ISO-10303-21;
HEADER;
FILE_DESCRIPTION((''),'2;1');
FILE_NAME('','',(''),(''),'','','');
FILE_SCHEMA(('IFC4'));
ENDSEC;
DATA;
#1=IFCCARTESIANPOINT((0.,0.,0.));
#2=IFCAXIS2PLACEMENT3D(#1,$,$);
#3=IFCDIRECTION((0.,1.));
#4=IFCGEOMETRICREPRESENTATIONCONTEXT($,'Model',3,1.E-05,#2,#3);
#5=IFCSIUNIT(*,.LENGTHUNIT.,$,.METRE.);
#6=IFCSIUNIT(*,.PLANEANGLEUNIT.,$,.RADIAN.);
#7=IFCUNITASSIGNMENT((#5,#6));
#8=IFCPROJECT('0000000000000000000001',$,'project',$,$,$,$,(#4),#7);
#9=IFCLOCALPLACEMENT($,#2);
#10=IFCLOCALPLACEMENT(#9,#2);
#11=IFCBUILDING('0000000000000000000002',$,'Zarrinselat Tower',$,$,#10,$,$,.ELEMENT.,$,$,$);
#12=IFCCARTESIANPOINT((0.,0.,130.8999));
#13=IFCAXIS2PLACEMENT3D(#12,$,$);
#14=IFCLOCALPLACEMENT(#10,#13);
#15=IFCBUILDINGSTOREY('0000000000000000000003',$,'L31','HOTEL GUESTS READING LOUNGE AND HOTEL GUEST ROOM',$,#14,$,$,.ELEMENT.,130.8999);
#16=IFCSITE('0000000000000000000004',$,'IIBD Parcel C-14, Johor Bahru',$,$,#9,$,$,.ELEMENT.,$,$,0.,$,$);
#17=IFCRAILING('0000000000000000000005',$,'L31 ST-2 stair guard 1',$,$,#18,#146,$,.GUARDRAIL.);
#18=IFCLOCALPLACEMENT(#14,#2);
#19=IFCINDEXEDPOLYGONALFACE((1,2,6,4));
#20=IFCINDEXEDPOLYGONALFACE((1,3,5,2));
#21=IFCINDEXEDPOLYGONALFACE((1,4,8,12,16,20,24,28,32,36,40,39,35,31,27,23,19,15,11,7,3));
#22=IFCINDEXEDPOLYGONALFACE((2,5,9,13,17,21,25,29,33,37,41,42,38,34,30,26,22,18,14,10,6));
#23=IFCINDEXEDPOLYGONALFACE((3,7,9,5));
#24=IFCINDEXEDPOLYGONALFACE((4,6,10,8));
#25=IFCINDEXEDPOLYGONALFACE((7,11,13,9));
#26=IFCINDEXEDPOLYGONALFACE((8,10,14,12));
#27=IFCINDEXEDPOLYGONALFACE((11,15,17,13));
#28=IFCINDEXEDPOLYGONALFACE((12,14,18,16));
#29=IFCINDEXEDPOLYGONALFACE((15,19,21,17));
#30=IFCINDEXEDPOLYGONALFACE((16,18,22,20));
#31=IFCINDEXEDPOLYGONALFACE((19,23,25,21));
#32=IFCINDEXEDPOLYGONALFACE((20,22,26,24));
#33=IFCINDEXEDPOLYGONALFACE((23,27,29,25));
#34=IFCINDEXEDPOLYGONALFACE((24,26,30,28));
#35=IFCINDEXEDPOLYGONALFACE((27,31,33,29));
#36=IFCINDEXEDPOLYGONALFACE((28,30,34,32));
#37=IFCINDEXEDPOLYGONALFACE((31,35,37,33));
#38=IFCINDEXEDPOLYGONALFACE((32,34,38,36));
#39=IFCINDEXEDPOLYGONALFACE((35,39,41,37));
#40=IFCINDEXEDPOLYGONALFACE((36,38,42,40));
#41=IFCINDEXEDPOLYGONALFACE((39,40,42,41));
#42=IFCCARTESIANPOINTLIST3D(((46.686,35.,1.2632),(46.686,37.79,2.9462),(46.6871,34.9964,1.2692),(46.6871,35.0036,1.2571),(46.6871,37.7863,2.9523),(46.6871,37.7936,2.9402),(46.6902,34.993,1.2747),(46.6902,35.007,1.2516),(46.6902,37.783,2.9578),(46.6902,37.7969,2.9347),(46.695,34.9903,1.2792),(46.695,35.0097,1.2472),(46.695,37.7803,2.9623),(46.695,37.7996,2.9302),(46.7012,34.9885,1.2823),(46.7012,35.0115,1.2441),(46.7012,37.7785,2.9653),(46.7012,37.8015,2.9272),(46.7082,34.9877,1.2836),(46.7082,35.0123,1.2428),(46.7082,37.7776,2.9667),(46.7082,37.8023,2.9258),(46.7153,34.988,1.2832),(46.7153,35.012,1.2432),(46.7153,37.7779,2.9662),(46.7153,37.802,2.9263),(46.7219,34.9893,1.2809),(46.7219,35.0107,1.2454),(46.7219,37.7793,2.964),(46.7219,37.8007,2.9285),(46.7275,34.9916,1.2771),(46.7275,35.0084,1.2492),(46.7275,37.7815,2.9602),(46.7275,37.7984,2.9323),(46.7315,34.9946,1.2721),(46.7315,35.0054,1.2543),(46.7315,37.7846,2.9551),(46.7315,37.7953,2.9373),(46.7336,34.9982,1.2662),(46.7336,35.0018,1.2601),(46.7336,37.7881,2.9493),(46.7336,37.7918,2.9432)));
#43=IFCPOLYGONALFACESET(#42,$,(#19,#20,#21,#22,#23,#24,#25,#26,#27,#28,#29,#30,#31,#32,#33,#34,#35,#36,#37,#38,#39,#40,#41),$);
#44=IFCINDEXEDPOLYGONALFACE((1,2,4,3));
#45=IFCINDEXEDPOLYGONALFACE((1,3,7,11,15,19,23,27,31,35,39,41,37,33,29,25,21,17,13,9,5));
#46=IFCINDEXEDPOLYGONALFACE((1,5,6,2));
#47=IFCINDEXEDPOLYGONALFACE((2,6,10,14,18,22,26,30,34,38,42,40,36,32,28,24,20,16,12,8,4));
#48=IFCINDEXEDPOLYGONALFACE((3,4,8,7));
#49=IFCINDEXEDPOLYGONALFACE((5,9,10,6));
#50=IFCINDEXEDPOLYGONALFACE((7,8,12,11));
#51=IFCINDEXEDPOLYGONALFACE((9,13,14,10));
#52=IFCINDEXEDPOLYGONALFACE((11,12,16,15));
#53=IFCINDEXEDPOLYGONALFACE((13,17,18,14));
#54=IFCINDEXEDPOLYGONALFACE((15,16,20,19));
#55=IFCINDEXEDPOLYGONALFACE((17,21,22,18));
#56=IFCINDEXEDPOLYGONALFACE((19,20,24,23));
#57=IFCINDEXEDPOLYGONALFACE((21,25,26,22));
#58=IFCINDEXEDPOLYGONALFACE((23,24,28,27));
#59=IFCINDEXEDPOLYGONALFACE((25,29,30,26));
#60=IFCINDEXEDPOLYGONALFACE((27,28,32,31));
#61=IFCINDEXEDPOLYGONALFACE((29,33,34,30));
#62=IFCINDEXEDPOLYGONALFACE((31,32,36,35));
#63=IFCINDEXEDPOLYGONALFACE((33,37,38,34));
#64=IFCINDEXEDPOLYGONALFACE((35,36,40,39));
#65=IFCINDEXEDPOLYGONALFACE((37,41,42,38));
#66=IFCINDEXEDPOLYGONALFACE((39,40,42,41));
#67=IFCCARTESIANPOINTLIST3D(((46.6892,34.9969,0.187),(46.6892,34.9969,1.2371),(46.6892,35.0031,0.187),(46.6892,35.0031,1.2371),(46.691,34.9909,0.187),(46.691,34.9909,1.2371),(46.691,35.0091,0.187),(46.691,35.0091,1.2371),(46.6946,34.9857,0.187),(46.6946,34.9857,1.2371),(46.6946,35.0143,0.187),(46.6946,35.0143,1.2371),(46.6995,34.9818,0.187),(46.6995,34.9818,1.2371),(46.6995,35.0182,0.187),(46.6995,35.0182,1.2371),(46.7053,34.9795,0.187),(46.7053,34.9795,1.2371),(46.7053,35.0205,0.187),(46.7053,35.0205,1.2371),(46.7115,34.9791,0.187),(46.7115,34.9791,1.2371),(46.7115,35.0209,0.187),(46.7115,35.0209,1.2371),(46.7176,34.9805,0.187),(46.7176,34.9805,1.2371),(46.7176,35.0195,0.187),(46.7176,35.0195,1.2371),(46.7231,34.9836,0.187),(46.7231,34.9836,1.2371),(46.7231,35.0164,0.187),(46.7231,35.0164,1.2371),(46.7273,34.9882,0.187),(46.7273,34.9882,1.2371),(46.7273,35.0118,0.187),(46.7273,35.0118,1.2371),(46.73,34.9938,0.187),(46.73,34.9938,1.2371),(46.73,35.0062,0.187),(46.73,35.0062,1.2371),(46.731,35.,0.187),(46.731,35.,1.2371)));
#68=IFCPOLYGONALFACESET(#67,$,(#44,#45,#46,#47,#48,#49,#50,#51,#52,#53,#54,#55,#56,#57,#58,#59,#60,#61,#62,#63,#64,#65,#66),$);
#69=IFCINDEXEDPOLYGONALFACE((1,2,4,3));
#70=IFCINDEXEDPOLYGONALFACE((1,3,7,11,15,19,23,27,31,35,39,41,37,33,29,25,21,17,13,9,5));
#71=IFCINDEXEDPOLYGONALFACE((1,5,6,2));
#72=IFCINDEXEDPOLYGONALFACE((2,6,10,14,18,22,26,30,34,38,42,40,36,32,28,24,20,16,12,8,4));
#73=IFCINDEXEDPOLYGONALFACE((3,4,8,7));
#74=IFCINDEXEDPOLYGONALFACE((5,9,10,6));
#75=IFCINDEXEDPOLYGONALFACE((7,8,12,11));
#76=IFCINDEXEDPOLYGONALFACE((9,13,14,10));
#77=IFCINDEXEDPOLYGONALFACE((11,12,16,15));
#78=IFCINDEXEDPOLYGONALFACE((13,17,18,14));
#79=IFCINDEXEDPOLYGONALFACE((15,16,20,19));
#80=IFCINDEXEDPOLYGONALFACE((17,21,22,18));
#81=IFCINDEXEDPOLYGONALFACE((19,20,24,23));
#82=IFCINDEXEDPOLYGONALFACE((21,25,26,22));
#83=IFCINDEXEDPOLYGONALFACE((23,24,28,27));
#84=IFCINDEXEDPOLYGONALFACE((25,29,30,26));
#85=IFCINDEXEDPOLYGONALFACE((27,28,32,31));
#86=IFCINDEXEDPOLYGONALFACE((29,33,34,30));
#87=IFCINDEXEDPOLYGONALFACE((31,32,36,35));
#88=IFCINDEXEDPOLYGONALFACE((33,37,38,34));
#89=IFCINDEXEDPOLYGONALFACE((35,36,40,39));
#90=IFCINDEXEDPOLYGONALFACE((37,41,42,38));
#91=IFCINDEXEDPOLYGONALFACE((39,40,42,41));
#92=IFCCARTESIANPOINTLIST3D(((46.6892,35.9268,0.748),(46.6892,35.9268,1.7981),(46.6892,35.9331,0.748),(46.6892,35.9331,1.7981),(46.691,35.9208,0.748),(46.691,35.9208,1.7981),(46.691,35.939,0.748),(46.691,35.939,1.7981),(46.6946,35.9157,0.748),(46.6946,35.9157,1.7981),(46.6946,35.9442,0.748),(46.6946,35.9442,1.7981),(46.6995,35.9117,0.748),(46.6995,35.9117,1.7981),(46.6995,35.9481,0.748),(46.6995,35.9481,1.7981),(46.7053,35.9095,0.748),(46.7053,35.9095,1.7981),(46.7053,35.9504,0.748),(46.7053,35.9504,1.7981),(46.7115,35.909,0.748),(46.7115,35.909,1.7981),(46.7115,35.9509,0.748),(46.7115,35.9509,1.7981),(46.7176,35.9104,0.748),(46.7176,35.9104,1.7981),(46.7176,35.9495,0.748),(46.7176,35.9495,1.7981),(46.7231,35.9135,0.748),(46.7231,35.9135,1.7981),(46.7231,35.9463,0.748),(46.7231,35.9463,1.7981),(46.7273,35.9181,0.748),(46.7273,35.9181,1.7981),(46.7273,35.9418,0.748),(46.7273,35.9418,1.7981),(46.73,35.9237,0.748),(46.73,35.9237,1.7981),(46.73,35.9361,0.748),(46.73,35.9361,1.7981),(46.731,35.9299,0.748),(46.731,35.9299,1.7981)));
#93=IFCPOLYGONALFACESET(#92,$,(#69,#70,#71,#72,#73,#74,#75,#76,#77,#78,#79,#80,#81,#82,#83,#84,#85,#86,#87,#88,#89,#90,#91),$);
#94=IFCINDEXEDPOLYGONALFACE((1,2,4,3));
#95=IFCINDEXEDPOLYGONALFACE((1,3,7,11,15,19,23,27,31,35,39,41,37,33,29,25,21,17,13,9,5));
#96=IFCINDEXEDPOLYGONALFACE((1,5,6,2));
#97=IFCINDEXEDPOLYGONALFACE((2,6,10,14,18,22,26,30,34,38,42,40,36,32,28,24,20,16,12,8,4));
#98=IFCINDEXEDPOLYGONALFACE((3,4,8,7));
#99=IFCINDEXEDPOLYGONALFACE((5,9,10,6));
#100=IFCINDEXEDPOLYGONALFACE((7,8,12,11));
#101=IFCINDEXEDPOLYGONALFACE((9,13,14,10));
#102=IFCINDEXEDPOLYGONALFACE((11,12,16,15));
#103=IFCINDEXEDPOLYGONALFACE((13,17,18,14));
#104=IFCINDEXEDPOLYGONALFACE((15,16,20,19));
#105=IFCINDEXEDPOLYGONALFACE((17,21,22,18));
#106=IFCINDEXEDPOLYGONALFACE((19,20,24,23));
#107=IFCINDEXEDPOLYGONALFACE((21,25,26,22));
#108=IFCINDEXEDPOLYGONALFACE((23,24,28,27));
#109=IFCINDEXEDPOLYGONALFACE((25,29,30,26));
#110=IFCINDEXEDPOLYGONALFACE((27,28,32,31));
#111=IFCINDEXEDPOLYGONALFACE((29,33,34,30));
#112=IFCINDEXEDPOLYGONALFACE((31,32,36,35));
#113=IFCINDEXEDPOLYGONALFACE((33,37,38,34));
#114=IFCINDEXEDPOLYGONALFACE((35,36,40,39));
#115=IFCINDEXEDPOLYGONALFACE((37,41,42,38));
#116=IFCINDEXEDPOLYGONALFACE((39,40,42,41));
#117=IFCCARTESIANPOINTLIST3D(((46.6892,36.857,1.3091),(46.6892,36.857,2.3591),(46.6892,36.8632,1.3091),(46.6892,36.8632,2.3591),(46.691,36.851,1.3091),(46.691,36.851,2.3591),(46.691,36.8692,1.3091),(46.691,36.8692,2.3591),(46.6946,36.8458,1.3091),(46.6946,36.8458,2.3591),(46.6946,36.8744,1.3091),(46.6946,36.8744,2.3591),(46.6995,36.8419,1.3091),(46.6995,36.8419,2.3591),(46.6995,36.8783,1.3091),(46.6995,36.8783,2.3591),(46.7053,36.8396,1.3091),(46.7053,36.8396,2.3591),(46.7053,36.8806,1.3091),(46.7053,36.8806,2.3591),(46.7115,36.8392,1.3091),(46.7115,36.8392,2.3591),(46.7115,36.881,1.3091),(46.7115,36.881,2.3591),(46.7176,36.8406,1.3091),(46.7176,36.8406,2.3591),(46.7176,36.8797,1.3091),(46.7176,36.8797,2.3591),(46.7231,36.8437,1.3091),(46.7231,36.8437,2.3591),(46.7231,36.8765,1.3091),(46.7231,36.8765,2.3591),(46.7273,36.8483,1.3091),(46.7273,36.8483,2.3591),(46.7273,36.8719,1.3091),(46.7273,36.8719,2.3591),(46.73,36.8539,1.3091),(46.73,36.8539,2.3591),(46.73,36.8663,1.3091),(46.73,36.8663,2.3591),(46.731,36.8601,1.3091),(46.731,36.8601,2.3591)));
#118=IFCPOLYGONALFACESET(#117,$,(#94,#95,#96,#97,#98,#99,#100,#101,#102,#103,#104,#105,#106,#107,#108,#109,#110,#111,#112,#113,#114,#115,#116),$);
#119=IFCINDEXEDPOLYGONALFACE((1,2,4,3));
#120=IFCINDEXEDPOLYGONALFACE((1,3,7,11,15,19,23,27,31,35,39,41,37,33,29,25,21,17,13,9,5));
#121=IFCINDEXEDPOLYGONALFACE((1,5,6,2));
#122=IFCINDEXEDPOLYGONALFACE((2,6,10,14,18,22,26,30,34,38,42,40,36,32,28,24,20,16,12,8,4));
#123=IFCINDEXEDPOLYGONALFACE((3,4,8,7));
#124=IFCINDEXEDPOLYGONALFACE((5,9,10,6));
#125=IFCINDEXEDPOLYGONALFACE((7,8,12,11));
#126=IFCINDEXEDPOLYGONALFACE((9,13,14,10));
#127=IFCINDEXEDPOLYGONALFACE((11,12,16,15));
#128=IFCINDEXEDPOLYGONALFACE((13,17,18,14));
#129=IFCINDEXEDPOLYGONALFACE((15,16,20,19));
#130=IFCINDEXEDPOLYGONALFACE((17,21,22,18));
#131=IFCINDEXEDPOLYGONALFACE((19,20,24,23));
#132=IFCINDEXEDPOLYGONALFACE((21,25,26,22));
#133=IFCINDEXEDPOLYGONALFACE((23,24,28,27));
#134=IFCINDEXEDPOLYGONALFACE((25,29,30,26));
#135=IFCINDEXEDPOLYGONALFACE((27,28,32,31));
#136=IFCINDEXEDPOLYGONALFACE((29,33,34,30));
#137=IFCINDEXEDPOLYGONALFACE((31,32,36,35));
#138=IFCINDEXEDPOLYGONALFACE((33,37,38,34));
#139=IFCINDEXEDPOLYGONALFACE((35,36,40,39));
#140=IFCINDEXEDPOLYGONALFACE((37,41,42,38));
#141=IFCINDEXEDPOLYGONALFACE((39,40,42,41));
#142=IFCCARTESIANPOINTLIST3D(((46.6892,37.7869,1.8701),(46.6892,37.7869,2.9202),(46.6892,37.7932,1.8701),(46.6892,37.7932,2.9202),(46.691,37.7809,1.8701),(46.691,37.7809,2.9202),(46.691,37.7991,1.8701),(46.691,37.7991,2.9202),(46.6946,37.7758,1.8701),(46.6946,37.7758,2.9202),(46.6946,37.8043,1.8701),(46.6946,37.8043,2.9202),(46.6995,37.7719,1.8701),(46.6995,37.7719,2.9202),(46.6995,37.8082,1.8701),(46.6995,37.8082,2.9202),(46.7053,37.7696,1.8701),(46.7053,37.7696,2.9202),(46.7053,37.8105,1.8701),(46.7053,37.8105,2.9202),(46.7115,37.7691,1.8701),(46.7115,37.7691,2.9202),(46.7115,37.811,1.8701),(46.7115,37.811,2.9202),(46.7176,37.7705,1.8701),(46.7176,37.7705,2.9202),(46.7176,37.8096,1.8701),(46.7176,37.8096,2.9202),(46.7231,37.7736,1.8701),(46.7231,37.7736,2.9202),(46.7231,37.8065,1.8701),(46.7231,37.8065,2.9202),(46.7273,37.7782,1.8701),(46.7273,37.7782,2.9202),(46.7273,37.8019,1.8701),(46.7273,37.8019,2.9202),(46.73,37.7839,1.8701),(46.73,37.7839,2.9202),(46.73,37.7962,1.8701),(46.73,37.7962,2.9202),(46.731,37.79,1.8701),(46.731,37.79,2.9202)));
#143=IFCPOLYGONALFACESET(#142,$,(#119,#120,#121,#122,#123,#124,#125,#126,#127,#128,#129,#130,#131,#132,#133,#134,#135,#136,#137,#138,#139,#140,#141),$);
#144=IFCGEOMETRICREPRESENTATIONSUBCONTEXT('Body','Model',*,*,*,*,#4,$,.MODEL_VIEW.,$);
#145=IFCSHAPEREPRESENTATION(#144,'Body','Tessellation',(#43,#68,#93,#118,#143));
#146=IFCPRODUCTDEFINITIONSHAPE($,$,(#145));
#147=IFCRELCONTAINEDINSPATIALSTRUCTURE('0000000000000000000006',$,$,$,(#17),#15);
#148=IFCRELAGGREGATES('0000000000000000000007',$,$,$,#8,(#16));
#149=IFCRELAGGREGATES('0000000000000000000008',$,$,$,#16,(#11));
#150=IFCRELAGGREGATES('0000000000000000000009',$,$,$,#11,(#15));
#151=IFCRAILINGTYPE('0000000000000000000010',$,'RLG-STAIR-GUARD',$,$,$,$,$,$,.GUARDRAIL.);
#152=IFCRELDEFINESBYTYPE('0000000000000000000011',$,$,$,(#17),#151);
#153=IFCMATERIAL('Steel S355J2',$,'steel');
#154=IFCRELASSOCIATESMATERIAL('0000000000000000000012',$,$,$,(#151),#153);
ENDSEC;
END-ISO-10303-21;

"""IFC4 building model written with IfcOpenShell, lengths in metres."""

from ifc_helpers import new_model, si_unit, direction, frame, origin, origin_2d, place, context, subcontext, project, spatial, circle, extrude, material, type_object, element, save


model = new_model("IFC4")

# Units and contexts
model_context = context("Model", 3, precision=1e-05, world=origin(), true_north=direction((0.0, 1.0)))
body_context = subcontext(model_context, "Body", "Model", "MODEL_VIEW")
ifc_project = project(units=[si_unit("LENGTHUNIT", "METRE"), si_unit("PLANEANGLEUNIT", "RADIAN")], contexts=[model_context])

# Site, building, storey
site_placement = place(None, origin())
site = spatial("IfcSite", under=ifc_project, at=site_placement, Name="IIBD Parcel C-14, Johor Bahru", CompositionType="ELEMENT", RefElevation=0.0)
building_placement = place(site_placement, origin())
building = spatial("IfcBuilding", under=site, at=building_placement, Name="Zarrinselat Tower", CompositionType="ELEMENT")
storey_placement = place(building_placement, frame((0.0, 0.0, 130.8999)))
storey = spatial("IfcBuildingStorey", under=building, at=storey_placement, Name="L31", Description="HOTEL GUESTS READING LOUNGE AND HOTEL GUEST ROOM", CompositionType="ELEMENT", Elevation=130.8999)

# Railing
ifc_material_1 = material(Name="Steel S355J2", Category="steel")
railing_type_1 = type_object("IfcRailingType", Name="RLG-STAIR-GUARD", PredefinedType="GUARDRAIL", material=ifc_material_1)
railing_1_placement = place(storey_placement, frame((46.71, 35.0, 0.187)))
element("IfcRailing", 1, at=railing_1_placement, inside=storey, type_object=railing_type_1, Name="L31 ST-2 stair guard 1", PredefinedType="GUARDRAIL", context=body_context, shape_type="SweptSolid", body=[
    extrude(circle(Radius=0.0239, at=origin_2d()), frame((0.0, 0.0, 1.0762), z_axis=(0.0, 0.856261, 0.516544), x_axis=(-1.0, 0.0, 0.0)), (0.0, 0.0, 1.0), 3.2583),
    extrude(circle(Radius=0.021, at=origin_2d()), origin(), (0.0, 0.0, 1.0), 1.05),
    extrude(circle(Radius=0.021, at=origin_2d()), frame((0.0, 0.9299, 0.561)), (0.0, 0.0, 1.0), 1.05),
    extrude(circle(Radius=0.021, at=origin_2d()), frame((0.0, 1.8601, 1.1221)), (0.0, 0.0, 1.0), 1.05),
    extrude(circle(Radius=0.021, at=origin_2d()), frame((0.0, 2.79, 1.6831)), (0.0, 0.0, 1.0), 1.05),
])

save(model, "model.ifc")
